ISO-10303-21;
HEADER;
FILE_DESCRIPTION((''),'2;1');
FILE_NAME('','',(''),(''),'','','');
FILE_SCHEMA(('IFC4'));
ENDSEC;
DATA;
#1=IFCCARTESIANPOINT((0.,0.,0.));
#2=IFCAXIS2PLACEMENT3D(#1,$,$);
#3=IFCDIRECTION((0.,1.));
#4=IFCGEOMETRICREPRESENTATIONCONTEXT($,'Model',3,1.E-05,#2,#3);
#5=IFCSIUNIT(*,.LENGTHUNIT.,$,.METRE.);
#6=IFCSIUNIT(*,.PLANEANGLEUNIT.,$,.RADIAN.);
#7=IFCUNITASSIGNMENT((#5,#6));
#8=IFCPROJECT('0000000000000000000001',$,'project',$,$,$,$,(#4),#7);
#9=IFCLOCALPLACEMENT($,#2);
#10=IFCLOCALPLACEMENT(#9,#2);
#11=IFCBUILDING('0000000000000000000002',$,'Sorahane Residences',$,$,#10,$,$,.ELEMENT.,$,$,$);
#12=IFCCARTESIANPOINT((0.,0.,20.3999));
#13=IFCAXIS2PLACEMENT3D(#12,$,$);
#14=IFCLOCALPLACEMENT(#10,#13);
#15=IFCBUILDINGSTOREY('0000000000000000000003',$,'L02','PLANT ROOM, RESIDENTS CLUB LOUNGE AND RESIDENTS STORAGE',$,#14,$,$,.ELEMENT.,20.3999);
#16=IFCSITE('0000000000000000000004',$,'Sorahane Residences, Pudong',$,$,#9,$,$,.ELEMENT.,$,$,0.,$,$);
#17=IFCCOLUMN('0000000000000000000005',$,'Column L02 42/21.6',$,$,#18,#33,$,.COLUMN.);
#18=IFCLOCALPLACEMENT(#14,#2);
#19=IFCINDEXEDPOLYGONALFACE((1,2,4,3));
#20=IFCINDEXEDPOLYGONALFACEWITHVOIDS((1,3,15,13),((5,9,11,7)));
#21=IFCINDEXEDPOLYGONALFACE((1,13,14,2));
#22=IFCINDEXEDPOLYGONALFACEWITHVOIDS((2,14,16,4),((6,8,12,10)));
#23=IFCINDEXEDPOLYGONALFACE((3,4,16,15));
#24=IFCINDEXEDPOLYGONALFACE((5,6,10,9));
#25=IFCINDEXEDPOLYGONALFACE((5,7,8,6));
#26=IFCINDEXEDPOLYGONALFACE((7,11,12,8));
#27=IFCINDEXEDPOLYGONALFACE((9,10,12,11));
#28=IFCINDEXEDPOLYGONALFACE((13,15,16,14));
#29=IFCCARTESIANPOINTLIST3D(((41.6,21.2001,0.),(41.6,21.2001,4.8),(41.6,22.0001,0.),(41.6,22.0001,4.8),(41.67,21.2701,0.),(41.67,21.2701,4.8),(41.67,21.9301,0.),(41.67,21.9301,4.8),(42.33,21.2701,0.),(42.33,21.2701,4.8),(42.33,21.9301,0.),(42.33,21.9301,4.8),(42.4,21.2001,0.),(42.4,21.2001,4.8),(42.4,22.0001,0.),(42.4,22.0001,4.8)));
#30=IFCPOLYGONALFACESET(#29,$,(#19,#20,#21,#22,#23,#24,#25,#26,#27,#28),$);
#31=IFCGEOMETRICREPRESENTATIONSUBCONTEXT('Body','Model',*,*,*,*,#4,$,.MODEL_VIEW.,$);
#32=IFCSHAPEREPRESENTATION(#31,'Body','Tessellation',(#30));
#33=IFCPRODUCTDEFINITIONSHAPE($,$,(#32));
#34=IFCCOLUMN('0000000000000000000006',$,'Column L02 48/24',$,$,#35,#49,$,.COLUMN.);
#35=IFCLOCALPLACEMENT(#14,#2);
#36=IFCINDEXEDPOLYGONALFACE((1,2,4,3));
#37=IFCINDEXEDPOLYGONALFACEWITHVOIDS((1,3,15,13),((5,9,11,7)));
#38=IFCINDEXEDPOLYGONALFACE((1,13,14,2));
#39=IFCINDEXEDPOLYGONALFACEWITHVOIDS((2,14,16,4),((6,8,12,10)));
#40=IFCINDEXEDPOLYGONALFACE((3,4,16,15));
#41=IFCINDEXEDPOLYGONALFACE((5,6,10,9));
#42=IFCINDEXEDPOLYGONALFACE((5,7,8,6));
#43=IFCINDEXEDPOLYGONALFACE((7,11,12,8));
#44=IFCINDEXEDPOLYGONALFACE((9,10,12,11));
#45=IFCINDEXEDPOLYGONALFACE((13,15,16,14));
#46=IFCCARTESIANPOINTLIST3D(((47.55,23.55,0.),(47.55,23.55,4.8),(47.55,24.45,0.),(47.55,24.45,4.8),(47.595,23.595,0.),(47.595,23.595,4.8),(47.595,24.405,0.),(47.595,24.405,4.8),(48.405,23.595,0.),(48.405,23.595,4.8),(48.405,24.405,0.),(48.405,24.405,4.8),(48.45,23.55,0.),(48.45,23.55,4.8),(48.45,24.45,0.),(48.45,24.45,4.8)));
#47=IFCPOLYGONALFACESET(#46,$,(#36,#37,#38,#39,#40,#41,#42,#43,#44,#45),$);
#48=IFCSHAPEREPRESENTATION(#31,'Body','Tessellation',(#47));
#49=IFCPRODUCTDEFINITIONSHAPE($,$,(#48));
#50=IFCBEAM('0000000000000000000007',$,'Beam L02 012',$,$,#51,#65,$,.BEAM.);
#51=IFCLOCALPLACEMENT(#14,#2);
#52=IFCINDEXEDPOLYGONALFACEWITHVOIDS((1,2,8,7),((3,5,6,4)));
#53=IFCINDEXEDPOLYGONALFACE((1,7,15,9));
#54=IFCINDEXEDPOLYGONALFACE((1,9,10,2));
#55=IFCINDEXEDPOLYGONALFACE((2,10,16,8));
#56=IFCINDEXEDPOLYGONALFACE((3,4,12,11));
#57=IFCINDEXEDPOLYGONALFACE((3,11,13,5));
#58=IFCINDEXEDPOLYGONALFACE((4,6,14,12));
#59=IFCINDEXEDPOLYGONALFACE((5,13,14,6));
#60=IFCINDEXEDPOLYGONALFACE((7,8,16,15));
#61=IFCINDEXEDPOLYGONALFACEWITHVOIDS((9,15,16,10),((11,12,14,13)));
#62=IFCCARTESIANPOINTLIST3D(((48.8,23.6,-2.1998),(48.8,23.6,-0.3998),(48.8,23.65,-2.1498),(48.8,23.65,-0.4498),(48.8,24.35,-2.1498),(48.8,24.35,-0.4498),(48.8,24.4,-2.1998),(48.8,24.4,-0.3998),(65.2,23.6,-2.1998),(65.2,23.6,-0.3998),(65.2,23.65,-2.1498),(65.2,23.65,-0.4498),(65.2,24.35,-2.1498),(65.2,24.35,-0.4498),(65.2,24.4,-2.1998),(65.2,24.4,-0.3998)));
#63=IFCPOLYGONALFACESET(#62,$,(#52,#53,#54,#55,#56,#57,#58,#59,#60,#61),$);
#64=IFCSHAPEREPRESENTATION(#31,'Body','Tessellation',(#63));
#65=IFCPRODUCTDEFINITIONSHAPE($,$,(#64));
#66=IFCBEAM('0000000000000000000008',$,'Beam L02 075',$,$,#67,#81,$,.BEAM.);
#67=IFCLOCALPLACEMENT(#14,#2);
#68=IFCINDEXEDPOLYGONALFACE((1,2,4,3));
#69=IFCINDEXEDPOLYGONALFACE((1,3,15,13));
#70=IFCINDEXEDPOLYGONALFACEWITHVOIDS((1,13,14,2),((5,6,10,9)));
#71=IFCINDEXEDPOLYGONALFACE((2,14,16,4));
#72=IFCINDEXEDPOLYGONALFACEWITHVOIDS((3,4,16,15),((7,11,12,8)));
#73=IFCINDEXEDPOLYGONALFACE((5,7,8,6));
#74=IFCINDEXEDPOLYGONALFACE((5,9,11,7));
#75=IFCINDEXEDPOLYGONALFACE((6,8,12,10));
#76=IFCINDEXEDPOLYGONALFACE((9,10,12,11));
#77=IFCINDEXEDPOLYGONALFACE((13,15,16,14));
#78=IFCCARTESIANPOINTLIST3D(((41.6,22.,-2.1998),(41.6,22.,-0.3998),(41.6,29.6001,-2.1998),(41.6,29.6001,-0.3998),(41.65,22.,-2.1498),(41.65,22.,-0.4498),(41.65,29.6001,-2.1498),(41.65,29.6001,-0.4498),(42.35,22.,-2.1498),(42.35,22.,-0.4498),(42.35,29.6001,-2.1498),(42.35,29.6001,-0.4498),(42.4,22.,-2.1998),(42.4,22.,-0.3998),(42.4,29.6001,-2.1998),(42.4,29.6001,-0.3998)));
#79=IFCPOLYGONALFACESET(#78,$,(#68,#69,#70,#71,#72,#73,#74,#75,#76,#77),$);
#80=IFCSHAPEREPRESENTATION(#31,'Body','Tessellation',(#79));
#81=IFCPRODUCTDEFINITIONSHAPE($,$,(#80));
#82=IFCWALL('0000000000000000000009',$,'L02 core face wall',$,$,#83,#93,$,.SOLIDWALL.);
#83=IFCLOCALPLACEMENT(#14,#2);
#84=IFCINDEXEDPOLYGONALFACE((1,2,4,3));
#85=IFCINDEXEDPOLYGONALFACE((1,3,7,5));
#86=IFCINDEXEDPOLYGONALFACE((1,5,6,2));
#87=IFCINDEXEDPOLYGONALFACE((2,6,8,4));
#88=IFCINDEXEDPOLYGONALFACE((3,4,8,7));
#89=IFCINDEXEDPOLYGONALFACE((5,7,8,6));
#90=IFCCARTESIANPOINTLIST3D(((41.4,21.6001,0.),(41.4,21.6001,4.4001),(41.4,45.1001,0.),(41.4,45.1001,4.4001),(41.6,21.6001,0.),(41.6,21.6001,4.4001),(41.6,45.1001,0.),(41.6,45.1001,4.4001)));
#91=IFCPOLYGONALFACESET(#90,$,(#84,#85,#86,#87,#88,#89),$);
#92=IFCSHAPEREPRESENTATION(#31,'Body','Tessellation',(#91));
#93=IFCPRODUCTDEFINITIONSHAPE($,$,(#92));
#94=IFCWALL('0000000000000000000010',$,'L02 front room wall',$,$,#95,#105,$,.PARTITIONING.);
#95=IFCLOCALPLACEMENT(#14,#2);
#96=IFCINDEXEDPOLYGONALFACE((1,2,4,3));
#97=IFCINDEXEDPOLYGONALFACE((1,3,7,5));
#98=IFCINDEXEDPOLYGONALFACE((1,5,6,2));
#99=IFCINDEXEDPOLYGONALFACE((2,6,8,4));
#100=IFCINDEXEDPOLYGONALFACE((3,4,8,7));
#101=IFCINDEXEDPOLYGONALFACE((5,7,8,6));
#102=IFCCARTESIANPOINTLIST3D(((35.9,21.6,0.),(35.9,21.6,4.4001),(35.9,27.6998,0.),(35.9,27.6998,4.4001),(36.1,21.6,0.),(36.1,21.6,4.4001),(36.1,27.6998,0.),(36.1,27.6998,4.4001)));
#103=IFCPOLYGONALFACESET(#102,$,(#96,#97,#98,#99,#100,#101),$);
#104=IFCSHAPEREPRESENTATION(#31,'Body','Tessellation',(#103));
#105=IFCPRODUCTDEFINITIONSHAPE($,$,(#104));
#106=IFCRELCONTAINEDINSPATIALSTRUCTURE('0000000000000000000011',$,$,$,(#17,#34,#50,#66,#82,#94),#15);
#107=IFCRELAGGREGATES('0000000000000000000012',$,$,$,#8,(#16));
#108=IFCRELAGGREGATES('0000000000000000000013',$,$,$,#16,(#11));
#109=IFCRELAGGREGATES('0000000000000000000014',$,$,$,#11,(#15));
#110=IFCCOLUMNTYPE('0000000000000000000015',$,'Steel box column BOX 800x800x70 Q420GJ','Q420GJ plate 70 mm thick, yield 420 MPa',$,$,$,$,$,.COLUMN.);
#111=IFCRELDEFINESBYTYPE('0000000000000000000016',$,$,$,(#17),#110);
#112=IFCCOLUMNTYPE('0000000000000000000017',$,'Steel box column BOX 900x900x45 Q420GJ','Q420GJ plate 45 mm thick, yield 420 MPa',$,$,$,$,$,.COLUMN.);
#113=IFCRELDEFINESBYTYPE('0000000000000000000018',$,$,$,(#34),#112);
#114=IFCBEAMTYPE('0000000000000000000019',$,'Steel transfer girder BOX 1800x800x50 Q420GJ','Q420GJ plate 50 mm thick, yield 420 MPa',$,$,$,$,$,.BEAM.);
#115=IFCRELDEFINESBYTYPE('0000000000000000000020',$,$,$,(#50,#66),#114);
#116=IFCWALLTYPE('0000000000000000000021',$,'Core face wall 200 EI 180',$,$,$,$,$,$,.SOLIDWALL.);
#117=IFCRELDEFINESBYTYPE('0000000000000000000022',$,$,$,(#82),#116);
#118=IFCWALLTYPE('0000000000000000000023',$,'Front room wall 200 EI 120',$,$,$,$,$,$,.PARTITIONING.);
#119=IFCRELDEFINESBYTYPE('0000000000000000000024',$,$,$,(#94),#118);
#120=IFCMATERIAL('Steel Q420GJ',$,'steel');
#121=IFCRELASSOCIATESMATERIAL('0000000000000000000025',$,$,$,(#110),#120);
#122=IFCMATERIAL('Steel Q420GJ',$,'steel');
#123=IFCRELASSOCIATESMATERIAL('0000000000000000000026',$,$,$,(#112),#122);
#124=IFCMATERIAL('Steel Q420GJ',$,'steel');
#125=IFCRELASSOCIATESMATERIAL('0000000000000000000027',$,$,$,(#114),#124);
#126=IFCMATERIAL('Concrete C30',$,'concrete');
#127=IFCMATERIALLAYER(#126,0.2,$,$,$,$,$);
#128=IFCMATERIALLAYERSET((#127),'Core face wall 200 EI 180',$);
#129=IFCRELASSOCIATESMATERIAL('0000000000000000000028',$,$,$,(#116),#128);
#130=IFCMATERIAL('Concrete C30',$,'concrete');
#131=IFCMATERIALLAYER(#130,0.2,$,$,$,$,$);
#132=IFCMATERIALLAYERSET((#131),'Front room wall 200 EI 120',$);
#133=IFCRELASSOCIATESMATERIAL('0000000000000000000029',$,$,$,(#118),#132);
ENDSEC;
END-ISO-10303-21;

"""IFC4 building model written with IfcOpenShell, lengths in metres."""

from ifc_helpers import new_model, si_unit, direction, frame, frame_2d, origin, origin_2d, place, context, subcontext, project, spatial, rectangle, hollow_rectangle, extrude, material, layer, layer_set, material_profile, profile_set, type_object, element, save


model = new_model("IFC4")

# Units and contexts
model_context = context("Model", 3, precision=1e-05, world=origin(), true_north=direction((0.0, 1.0)))
body_context = subcontext(model_context, "Body", "Model", "MODEL_VIEW")
ifc_project = project(units=[si_unit("LENGTHUNIT", "METRE"), si_unit("PLANEANGLEUNIT", "RADIAN")], contexts=[model_context])

# Site, building, storey
site_placement = place(None, origin())
site = spatial("IfcSite", under=ifc_project, at=site_placement, Name="Sorahane Residences, Pudong", CompositionType="ELEMENT", RefElevation=0.0)
building_placement = place(site_placement, origin())
building = spatial("IfcBuilding", under=site, at=building_placement, Name="Sorahane Residences", CompositionType="ELEMENT")
storey_placement = place(building_placement, frame((0.0, 0.0, 20.3999)))
storey = spatial("IfcBuildingStorey", under=building, at=storey_placement, Name="L02", Description="PLANT ROOM, RESIDENTS CLUB LOUNGE AND RESIDENTS STORAGE", CompositionType="ELEMENT", Elevation=20.3999)

# Columns
ifc_material_1 = material(Name="Steel Q420GJ", Category="steel")
ifc_material_profile_1 = material_profile(ifc_material_1, hollow_rectangle(XDim=0.8, YDim=0.8, WallThickness=0.0701, at=origin_2d()), Name="BOX 800x800x70")
ifc_profile_set_1 = profile_set([ifc_material_profile_1], Name="Steel Q420GJ")
column_type_1 = type_object("IfcColumnType", Name="Steel box column BOX 800x800x70 Q420GJ", Description="Q420GJ plate 70 mm thick, yield 420 MPa", PredefinedType="COLUMN", material=ifc_profile_set_1)
column_1_placement = place(storey_placement, frame((42.0, 21.6001, 0.0), z_axis=(0.0, 0.0, 1.0), x_axis=(1.0, 0.0, 0.0)))
element("IfcColumn", 1, at=column_1_placement, inside=storey, type_object=column_type_1, Name="Column L02 42/21.6", PredefinedType="COLUMN", context=body_context, shape_type="SweptSolid", body=[
    extrude(hollow_rectangle(XDim=0.8, YDim=0.8, WallThickness=0.0701, at=origin_2d()), origin(), (0.0, 0.0, 1.0), 4.8),
])
ifc_material_2 = material(Name="Steel Q420GJ", Category="steel")
ifc_material_profile_2 = material_profile(ifc_material_2, hollow_rectangle(XDim=0.8999, YDim=0.8999, WallThickness=0.0449, at=origin_2d()), Name="BOX 900x900x45")
ifc_profile_set_2 = profile_set([ifc_material_profile_2], Name="Steel Q420GJ")
column_type_2 = type_object("IfcColumnType", Name="Steel box column BOX 900x900x45 Q420GJ", Description="Q420GJ plate 45 mm thick, yield 420 MPa", PredefinedType="COLUMN", material=ifc_profile_set_2)
column_2_placement = place(storey_placement, frame((48.0, 24.0, 0.0), z_axis=(0.0, 0.0, 1.0), x_axis=(1.0, 0.0, 0.0)))
element("IfcColumn", 2, at=column_2_placement, inside=storey, type_object=column_type_2, Name="Column L02 48/24", PredefinedType="COLUMN", context=body_context, shape_type="SweptSolid", body=[
    extrude(hollow_rectangle(XDim=0.8999, YDim=0.8999, WallThickness=0.0449, at=origin_2d()), origin(), (0.0, 0.0, 1.0), 4.8),
])

# Beams
ifc_material_3 = material(Name="Steel Q420GJ", Category="steel")
ifc_material_profile_3 = material_profile(ifc_material_3, hollow_rectangle(XDim=0.8, YDim=1.8, WallThickness=0.05, at=origin_2d()), Name="BOX 1800x800x50")
ifc_profile_set_3 = profile_set([ifc_material_profile_3], Name="Steel Q420GJ")
beam_type = type_object("IfcBeamType", Name="Steel transfer girder BOX 1800x800x50 Q420GJ", Description="Q420GJ plate 50 mm thick, yield 420 MPa", PredefinedType="BEAM", material=ifc_profile_set_3)
beam_1_placement = place(storey_placement, frame((48.8, 24.0, -1.2998), z_axis=(1.0, 0.0, 0.0), x_axis=(0.0, 1.0, 0.0)))
element("IfcBeam", 3, at=beam_1_placement, inside=storey, type_object=beam_type, Name="Beam L02 012", PredefinedType="BEAM", context=body_context, shape_type="SweptSolid", body=[
    extrude(hollow_rectangle(XDim=0.8, YDim=1.8, WallThickness=0.05, at=origin_2d()), origin(), (0.0, 0.0, 1.0), 16.3999),
])
beam_2_placement = place(storey_placement, frame((42.0, 22.0, -1.2998), z_axis=(0.0, 1.0, 0.0), x_axis=(-1.0, 0.0, 0.0)))
element("IfcBeam", 4, at=beam_2_placement, inside=storey, type_object=beam_type, Name="Beam L02 075", PredefinedType="BEAM", context=body_context, shape_type="SweptSolid", body=[
    extrude(hollow_rectangle(XDim=0.8, YDim=1.8, WallThickness=0.05, at=origin_2d()), origin(), (0.0, 0.0, 1.0), 7.6001),
])

# Walls
ifc_material_4 = material(Name="Concrete C30", Category="concrete")
ifc_layer_1 = layer(ifc_material_4, 0.2)
ifc_layer_set_1 = layer_set([ifc_layer_1], Name="Core face wall 200 EI 180")
wall_type_1 = type_object("IfcWallType", Name="Core face wall 200 EI 180", PredefinedType="SOLIDWALL", material=ifc_layer_set_1)
wall_1_placement = place(storey_placement, frame((41.5, 21.6001, 0.0), z_axis=(0.0, 0.0, 1.0), x_axis=(0.0, 1.0, 0.0)))
element("IfcWall", 5, at=wall_1_placement, inside=storey, type_object=wall_type_1, Name="L02 core face wall", PredefinedType="SOLIDWALL", context=body_context, shape_type="SweptSolid", body=[
    extrude(rectangle(XDim=23.5, YDim=0.2, at=frame_2d((11.75, 0.0))), origin(), (0.0, 0.0, 1.0), 4.4001),
])
ifc_material_5 = material(Name="Concrete C30", Category="concrete")
ifc_layer_2 = layer(ifc_material_5, 0.2)
ifc_layer_set_2 = layer_set([ifc_layer_2], Name="Front room wall 200 EI 120")
wall_type_2 = type_object("IfcWallType", Name="Front room wall 200 EI 120", PredefinedType="PARTITIONING", material=ifc_layer_set_2)
wall_2_placement = place(storey_placement, frame((36.0, 21.6001, 0.0), z_axis=(0.0, 0.0, 1.0), x_axis=(0.0, 1.0, 0.0)))
element("IfcWall", 6, at=wall_2_placement, inside=storey, type_object=wall_type_2, Name="L02 front room wall", PredefinedType="PARTITIONING", context=body_context, shape_type="SweptSolid", body=[
    extrude(rectangle(XDim=6.0999, YDim=0.2, at=frame_2d((3.0498, 0.0))), origin(), (0.0, 0.0, 1.0), 4.4001),
])

save(model, "model.ifc")
